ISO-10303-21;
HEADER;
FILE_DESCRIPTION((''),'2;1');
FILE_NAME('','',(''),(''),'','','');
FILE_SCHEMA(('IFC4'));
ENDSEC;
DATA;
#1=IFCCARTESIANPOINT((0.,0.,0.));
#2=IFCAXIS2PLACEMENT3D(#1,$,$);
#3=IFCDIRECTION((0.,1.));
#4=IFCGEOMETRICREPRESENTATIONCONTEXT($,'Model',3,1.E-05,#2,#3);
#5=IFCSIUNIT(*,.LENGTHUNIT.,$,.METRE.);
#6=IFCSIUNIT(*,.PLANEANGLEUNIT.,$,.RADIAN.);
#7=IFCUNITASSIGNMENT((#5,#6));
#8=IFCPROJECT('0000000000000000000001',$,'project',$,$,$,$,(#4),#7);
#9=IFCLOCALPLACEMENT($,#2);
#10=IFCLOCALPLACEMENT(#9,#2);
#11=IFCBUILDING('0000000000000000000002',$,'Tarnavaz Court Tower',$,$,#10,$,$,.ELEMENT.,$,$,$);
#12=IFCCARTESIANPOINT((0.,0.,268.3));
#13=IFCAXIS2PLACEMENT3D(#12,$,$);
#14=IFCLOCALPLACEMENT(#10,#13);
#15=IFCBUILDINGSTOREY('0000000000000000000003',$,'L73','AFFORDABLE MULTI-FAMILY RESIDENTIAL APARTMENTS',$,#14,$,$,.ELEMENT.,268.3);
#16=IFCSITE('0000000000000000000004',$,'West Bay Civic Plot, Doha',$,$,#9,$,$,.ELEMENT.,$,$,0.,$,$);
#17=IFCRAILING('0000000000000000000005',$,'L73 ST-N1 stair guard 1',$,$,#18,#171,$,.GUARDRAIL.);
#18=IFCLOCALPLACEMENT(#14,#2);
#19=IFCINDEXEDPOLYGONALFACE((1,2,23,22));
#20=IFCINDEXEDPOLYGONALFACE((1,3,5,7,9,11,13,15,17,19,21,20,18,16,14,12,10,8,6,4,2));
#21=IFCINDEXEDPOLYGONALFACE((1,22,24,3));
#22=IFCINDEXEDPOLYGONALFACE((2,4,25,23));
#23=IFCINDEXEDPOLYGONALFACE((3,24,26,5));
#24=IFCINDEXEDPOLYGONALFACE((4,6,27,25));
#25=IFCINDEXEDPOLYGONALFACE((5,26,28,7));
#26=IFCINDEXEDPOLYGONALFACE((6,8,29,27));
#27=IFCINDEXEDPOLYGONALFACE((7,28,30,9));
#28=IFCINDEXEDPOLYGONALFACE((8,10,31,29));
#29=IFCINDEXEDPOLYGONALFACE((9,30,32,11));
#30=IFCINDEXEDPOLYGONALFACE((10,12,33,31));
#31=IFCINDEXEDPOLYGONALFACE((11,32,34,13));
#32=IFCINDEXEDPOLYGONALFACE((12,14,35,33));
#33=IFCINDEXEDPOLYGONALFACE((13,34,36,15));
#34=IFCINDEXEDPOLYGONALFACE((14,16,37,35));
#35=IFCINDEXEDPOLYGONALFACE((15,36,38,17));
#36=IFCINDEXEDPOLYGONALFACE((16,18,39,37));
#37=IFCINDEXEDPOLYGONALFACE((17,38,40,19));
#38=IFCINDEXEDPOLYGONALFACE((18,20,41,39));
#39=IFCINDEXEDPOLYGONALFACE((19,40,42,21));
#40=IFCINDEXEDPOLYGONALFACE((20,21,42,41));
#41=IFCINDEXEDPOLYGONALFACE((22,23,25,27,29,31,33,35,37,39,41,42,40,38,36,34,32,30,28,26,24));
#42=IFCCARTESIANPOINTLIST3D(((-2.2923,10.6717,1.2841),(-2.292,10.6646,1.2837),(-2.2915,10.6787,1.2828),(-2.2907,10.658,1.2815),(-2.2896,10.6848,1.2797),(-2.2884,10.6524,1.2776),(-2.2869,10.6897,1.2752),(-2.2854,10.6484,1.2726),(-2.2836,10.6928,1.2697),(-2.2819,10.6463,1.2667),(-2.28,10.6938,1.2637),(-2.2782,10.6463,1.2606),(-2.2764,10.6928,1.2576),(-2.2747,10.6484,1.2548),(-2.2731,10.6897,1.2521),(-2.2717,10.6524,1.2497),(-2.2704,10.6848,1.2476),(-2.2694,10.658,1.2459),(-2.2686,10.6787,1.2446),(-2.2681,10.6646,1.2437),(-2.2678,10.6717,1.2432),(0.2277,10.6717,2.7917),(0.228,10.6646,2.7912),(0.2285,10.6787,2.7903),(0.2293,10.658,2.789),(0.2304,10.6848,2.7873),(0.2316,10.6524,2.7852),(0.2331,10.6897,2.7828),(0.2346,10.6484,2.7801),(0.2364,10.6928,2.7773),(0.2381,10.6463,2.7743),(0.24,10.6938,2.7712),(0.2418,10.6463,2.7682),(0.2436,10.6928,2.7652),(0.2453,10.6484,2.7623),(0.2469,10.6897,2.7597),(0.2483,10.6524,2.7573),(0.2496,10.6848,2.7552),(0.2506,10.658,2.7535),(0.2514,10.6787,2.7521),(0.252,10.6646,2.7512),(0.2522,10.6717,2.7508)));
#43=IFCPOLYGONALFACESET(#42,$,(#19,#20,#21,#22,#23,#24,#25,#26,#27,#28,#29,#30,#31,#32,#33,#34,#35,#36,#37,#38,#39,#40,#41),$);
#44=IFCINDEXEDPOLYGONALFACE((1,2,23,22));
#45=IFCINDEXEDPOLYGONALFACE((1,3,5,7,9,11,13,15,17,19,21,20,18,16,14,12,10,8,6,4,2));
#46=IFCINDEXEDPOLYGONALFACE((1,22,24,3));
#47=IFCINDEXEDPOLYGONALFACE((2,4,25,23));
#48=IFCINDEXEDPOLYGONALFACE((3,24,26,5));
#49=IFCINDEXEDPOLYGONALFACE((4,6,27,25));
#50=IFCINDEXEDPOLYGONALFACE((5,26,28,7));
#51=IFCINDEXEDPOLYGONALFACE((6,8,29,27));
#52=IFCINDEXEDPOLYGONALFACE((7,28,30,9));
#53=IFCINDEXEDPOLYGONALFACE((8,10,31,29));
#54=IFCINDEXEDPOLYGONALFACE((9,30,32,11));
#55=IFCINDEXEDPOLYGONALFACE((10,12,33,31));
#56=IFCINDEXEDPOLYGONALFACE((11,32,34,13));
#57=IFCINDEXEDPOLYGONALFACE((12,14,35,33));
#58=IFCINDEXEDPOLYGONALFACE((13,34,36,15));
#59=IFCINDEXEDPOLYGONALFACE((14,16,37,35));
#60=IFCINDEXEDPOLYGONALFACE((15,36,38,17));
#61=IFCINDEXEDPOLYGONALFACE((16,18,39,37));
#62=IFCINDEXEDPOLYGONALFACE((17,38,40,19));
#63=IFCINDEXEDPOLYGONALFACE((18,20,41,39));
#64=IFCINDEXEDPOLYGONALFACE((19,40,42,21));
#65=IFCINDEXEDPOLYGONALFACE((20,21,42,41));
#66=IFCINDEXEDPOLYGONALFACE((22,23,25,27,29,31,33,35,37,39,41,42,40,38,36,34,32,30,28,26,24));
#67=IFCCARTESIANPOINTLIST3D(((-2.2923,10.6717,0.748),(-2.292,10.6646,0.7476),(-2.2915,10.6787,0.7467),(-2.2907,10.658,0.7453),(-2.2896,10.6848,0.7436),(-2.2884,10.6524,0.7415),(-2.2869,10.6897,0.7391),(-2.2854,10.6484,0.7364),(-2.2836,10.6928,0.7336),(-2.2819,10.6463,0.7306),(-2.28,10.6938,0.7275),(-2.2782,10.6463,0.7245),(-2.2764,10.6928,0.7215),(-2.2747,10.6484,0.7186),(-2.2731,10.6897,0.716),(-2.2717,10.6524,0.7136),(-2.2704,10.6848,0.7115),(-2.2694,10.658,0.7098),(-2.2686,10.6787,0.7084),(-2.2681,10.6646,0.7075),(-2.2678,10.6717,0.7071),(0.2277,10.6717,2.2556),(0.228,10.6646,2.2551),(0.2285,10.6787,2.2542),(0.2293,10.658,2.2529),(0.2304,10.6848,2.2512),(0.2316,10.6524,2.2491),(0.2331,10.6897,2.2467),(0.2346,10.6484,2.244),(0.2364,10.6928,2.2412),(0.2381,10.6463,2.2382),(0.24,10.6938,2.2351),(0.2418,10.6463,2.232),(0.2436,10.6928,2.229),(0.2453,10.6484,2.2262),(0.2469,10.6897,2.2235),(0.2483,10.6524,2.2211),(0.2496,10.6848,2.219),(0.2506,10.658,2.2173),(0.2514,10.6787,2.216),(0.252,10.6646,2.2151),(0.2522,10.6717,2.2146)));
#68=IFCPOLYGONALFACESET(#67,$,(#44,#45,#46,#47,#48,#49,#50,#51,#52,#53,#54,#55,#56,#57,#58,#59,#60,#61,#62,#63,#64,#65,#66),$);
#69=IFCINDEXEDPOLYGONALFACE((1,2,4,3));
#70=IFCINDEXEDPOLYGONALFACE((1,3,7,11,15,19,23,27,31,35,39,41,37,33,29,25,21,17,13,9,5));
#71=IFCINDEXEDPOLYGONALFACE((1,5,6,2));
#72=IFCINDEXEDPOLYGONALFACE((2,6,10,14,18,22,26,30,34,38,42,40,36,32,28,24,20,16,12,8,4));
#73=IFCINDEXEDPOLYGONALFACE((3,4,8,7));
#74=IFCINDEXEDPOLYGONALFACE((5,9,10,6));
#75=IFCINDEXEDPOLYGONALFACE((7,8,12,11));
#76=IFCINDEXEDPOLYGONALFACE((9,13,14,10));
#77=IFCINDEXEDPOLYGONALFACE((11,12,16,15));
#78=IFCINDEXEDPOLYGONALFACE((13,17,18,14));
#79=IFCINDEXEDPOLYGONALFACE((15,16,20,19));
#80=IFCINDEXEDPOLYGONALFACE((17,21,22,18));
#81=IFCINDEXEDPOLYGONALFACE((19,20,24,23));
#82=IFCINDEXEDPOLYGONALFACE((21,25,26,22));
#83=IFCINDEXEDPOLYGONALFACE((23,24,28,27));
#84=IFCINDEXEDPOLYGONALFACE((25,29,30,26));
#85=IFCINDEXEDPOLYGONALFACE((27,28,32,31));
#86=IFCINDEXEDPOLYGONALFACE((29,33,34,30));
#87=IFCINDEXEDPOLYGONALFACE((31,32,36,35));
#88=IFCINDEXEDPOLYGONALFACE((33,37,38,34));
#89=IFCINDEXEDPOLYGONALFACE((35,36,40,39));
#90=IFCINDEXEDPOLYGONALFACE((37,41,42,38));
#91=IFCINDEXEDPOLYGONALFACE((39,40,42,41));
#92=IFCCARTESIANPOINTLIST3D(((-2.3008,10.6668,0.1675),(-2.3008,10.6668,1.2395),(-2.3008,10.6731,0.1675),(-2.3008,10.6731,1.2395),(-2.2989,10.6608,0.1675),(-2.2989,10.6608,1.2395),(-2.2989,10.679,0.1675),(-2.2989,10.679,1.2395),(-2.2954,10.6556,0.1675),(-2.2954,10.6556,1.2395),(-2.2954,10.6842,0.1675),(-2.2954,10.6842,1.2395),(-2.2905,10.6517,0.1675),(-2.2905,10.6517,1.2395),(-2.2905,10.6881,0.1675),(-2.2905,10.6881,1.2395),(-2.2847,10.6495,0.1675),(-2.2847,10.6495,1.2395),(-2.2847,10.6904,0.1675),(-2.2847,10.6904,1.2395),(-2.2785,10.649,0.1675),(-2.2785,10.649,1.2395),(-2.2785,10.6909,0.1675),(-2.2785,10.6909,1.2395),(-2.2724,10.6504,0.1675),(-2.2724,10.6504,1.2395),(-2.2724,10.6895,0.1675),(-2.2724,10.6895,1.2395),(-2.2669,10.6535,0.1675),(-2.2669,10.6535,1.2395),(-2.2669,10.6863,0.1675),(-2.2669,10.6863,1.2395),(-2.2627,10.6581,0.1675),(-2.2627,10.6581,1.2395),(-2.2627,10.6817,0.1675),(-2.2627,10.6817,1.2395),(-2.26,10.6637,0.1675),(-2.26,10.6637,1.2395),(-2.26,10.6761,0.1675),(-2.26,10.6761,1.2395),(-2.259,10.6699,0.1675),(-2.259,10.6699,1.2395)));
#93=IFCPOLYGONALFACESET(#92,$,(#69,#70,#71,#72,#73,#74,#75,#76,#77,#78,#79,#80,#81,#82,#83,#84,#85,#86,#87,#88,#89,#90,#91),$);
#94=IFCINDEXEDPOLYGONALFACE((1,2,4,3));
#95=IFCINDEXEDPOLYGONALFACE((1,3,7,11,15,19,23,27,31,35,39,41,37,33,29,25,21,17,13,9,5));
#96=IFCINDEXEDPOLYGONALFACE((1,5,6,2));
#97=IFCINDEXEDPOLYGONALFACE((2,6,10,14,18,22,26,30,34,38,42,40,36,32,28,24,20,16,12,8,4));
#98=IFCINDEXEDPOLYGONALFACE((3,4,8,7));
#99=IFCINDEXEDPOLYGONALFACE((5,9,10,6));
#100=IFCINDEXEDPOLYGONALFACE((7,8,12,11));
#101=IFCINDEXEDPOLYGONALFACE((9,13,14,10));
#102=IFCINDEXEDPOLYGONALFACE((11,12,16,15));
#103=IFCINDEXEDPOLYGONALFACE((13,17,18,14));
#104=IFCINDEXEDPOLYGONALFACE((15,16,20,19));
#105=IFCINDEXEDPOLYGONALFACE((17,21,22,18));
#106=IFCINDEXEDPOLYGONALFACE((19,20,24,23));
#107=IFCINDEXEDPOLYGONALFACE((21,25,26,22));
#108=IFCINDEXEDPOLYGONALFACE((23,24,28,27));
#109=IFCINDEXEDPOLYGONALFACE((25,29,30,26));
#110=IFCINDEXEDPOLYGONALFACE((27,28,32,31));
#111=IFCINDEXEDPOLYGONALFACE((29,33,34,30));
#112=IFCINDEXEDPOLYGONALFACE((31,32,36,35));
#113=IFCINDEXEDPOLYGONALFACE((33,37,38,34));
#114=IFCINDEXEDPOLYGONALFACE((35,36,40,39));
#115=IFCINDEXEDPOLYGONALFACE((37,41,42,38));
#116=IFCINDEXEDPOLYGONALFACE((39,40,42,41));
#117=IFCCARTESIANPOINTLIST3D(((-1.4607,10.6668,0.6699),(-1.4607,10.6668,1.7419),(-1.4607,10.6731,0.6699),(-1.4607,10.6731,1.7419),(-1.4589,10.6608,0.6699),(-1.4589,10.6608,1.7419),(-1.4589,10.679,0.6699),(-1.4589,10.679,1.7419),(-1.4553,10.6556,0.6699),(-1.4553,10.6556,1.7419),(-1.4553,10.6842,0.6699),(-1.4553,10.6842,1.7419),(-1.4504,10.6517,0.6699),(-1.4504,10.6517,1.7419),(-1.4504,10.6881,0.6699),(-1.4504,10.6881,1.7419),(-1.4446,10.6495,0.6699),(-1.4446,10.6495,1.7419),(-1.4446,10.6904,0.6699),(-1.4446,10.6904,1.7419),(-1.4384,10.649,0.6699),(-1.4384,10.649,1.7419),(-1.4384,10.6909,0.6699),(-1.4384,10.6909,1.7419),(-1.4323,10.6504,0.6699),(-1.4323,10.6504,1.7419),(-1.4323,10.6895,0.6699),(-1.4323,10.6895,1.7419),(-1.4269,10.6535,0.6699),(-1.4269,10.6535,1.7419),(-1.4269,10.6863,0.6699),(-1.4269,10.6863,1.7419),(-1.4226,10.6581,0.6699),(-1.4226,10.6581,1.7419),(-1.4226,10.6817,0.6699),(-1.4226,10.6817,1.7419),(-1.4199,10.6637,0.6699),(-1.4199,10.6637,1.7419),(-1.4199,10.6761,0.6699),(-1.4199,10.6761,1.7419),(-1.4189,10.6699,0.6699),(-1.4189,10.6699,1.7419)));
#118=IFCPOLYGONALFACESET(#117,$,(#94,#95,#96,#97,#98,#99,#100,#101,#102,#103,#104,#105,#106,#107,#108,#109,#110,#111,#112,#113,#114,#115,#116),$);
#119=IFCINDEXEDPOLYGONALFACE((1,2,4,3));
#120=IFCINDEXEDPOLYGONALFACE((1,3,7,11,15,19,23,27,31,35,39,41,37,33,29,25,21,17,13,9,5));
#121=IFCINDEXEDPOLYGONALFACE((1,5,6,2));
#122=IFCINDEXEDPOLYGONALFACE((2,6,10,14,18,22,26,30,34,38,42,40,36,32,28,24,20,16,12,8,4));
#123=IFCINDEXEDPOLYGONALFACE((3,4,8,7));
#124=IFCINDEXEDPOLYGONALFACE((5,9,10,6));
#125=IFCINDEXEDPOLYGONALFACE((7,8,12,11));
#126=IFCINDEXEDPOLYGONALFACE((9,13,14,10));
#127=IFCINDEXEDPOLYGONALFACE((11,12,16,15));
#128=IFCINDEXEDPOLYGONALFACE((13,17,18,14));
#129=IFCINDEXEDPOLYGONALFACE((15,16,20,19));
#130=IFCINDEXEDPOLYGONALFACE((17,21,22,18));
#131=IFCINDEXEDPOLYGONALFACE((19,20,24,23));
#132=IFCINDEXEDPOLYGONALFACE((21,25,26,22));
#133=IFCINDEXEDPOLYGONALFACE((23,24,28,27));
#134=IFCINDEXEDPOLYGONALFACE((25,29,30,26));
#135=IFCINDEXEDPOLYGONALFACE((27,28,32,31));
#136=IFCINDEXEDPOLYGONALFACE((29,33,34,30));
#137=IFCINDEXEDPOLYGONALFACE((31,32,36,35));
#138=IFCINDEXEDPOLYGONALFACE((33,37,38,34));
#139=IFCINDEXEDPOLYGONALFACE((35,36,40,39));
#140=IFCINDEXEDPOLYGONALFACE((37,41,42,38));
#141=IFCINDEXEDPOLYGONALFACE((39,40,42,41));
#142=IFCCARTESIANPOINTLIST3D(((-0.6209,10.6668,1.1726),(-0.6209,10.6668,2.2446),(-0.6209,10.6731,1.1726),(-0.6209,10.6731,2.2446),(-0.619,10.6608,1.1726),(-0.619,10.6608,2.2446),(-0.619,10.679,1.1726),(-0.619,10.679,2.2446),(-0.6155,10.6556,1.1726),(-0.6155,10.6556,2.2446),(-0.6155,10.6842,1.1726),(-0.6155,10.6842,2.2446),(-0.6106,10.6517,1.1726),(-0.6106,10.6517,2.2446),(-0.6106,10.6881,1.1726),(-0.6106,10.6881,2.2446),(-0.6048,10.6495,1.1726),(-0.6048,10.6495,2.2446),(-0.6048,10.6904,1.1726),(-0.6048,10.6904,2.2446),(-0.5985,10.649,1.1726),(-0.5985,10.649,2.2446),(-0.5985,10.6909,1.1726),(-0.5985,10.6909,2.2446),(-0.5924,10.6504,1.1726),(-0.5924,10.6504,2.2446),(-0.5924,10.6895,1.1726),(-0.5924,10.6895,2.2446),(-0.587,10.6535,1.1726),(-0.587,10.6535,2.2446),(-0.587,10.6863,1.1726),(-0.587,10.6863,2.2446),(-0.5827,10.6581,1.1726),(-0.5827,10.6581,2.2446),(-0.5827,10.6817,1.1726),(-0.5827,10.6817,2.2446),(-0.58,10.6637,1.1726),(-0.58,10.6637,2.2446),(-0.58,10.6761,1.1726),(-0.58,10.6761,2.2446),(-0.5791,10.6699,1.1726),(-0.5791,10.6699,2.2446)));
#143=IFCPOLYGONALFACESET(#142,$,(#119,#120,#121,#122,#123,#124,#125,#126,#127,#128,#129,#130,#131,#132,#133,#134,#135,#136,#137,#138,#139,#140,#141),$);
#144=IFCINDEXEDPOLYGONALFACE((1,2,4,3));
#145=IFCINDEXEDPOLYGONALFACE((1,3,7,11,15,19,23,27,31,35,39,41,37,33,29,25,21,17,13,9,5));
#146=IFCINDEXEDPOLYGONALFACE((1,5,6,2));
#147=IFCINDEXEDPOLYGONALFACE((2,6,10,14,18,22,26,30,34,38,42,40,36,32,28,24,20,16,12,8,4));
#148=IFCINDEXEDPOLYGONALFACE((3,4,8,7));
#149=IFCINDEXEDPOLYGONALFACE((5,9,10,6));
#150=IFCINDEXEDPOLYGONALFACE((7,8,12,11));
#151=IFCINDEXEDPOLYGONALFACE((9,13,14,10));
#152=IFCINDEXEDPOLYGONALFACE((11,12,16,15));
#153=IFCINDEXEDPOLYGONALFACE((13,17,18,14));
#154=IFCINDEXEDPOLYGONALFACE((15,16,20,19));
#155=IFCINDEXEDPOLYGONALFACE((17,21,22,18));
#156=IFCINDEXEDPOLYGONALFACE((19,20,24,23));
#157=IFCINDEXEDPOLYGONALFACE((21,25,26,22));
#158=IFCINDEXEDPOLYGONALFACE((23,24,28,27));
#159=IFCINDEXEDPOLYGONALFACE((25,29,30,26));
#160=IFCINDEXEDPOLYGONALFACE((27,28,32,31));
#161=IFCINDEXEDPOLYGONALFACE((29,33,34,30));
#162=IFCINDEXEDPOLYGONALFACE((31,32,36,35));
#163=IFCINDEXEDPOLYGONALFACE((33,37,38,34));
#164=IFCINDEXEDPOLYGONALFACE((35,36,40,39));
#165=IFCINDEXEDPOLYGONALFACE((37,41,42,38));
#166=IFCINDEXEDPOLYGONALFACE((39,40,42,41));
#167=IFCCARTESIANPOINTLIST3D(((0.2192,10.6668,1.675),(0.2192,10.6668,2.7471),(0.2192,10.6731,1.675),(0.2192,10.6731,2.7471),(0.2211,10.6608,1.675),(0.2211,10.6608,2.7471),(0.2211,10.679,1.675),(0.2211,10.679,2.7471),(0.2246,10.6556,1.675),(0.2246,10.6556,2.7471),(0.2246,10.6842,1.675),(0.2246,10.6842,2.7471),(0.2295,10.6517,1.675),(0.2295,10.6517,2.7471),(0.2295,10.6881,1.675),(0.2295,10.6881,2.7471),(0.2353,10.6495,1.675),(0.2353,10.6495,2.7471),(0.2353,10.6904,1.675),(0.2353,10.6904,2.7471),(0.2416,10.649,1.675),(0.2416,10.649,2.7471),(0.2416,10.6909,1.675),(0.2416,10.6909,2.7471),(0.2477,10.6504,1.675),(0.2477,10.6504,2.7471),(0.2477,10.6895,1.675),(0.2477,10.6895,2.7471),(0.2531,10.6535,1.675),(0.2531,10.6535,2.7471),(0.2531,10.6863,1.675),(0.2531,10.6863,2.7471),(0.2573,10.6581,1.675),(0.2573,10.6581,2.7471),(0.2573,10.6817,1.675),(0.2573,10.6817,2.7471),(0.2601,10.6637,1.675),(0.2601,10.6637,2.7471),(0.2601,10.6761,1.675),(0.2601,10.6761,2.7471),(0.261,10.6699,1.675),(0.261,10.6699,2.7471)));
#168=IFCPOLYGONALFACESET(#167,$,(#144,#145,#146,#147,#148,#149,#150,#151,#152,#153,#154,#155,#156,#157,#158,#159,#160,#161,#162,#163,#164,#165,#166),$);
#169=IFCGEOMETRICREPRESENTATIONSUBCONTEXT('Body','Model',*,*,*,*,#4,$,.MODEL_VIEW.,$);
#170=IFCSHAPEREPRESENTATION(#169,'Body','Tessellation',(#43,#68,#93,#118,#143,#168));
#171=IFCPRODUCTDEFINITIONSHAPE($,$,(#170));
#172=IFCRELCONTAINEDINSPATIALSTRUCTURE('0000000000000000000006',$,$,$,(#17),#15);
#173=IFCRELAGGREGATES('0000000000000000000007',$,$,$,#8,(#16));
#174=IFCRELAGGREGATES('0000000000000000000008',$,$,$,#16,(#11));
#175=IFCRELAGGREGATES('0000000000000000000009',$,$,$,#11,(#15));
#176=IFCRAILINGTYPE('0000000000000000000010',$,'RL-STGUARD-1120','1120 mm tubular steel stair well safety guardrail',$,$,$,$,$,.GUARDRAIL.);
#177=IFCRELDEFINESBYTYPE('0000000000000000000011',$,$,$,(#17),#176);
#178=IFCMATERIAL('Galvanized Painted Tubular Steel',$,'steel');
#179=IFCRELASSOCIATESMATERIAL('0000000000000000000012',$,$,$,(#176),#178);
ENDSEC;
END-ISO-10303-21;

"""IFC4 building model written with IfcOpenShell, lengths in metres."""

from ifc_helpers import new_model, si_unit, direction, frame, origin, origin_2d, place, context, subcontext, project, spatial, circle, extrude, material, type_object, element, save


model = new_model("IFC4")

# Units and contexts
model_context = context("Model", 3, precision=1e-05, world=origin(), true_north=direction((0.0, 1.0)))
body_context = subcontext(model_context, "Body", "Model", "MODEL_VIEW")
ifc_project = project(units=[si_unit("LENGTHUNIT", "METRE"), si_unit("PLANEANGLEUNIT", "RADIAN")], contexts=[model_context])

# Site, building, storey
site_placement = place(None, origin())
site = spatial("IfcSite", under=ifc_project, at=site_placement, Name="West Bay Civic Plot, Doha", CompositionType="ELEMENT", RefElevation=0.0)
building_placement = place(site_placement, origin())
building = spatial("IfcBuilding", under=site, at=building_placement, Name="Tarnavaz Court Tower", CompositionType="ELEMENT")
storey_placement = place(building_placement, frame((0.0, 0.0, 268.3)))
storey = spatial("IfcBuildingStorey", under=building, at=storey_placement, Name="L73", Description="AFFORDABLE MULTI-FAMILY RESIDENTIAL APARTMENTS", CompositionType="ELEMENT", Elevation=268.3)

# Railing
ifc_material_1 = material(Name="Galvanized Painted Tubular Steel", Category="steel")
railing_type_1 = type_object("IfcRailingType", Name="RL-STGUARD-1120", Description="1120 mm tubular steel stair well safety guardrail", PredefinedType="GUARDRAIL", material=ifc_material_1)
railing_1_placement = place(storey_placement, frame((-2.28, 10.6699, 0.1675)))
element("IfcRailing", 1, at=railing_1_placement, inside=storey, type_object=railing_type_1, Name="L73 ST-N1 stair guard 1", PredefinedType="GUARDRAIL", context=body_context, shape_type="SweptSolid", body=[
    extrude(circle(Radius=0.0239, at=origin_2d()), frame((0.0, 0.0, 1.0962), z_axis=(0.85816, 0.0, 0.513383), x_axis=(0.0, 1.0, 0.0)), (0.0, 0.0, 1.0), 2.9365),
    extrude(circle(Radius=0.0239, at=origin_2d()), frame((0.0, 0.0, 0.5601), z_axis=(0.85816, 0.0, 0.513383), x_axis=(0.0, 1.0, 0.0)), (0.0, 0.0, 1.0), 2.9365),
    extrude(circle(Radius=0.021, at=origin_2d()), origin(), (0.0, 0.0, 1.0), 1.072),
    extrude(circle(Radius=0.021, at=origin_2d()), frame((0.8401, 0.0, 0.5024)), (0.0, 0.0, 1.0), 1.072),
    extrude(circle(Radius=0.021, at=origin_2d()), frame((1.6799, 0.0, 1.0051)), (0.0, 0.0, 1.0), 1.072),
    extrude(circle(Radius=0.021, at=origin_2d()), frame((2.52, 0.0, 1.5076)), (0.0, 0.0, 1.0), 1.072),
])

save(model, "model.ifc")
